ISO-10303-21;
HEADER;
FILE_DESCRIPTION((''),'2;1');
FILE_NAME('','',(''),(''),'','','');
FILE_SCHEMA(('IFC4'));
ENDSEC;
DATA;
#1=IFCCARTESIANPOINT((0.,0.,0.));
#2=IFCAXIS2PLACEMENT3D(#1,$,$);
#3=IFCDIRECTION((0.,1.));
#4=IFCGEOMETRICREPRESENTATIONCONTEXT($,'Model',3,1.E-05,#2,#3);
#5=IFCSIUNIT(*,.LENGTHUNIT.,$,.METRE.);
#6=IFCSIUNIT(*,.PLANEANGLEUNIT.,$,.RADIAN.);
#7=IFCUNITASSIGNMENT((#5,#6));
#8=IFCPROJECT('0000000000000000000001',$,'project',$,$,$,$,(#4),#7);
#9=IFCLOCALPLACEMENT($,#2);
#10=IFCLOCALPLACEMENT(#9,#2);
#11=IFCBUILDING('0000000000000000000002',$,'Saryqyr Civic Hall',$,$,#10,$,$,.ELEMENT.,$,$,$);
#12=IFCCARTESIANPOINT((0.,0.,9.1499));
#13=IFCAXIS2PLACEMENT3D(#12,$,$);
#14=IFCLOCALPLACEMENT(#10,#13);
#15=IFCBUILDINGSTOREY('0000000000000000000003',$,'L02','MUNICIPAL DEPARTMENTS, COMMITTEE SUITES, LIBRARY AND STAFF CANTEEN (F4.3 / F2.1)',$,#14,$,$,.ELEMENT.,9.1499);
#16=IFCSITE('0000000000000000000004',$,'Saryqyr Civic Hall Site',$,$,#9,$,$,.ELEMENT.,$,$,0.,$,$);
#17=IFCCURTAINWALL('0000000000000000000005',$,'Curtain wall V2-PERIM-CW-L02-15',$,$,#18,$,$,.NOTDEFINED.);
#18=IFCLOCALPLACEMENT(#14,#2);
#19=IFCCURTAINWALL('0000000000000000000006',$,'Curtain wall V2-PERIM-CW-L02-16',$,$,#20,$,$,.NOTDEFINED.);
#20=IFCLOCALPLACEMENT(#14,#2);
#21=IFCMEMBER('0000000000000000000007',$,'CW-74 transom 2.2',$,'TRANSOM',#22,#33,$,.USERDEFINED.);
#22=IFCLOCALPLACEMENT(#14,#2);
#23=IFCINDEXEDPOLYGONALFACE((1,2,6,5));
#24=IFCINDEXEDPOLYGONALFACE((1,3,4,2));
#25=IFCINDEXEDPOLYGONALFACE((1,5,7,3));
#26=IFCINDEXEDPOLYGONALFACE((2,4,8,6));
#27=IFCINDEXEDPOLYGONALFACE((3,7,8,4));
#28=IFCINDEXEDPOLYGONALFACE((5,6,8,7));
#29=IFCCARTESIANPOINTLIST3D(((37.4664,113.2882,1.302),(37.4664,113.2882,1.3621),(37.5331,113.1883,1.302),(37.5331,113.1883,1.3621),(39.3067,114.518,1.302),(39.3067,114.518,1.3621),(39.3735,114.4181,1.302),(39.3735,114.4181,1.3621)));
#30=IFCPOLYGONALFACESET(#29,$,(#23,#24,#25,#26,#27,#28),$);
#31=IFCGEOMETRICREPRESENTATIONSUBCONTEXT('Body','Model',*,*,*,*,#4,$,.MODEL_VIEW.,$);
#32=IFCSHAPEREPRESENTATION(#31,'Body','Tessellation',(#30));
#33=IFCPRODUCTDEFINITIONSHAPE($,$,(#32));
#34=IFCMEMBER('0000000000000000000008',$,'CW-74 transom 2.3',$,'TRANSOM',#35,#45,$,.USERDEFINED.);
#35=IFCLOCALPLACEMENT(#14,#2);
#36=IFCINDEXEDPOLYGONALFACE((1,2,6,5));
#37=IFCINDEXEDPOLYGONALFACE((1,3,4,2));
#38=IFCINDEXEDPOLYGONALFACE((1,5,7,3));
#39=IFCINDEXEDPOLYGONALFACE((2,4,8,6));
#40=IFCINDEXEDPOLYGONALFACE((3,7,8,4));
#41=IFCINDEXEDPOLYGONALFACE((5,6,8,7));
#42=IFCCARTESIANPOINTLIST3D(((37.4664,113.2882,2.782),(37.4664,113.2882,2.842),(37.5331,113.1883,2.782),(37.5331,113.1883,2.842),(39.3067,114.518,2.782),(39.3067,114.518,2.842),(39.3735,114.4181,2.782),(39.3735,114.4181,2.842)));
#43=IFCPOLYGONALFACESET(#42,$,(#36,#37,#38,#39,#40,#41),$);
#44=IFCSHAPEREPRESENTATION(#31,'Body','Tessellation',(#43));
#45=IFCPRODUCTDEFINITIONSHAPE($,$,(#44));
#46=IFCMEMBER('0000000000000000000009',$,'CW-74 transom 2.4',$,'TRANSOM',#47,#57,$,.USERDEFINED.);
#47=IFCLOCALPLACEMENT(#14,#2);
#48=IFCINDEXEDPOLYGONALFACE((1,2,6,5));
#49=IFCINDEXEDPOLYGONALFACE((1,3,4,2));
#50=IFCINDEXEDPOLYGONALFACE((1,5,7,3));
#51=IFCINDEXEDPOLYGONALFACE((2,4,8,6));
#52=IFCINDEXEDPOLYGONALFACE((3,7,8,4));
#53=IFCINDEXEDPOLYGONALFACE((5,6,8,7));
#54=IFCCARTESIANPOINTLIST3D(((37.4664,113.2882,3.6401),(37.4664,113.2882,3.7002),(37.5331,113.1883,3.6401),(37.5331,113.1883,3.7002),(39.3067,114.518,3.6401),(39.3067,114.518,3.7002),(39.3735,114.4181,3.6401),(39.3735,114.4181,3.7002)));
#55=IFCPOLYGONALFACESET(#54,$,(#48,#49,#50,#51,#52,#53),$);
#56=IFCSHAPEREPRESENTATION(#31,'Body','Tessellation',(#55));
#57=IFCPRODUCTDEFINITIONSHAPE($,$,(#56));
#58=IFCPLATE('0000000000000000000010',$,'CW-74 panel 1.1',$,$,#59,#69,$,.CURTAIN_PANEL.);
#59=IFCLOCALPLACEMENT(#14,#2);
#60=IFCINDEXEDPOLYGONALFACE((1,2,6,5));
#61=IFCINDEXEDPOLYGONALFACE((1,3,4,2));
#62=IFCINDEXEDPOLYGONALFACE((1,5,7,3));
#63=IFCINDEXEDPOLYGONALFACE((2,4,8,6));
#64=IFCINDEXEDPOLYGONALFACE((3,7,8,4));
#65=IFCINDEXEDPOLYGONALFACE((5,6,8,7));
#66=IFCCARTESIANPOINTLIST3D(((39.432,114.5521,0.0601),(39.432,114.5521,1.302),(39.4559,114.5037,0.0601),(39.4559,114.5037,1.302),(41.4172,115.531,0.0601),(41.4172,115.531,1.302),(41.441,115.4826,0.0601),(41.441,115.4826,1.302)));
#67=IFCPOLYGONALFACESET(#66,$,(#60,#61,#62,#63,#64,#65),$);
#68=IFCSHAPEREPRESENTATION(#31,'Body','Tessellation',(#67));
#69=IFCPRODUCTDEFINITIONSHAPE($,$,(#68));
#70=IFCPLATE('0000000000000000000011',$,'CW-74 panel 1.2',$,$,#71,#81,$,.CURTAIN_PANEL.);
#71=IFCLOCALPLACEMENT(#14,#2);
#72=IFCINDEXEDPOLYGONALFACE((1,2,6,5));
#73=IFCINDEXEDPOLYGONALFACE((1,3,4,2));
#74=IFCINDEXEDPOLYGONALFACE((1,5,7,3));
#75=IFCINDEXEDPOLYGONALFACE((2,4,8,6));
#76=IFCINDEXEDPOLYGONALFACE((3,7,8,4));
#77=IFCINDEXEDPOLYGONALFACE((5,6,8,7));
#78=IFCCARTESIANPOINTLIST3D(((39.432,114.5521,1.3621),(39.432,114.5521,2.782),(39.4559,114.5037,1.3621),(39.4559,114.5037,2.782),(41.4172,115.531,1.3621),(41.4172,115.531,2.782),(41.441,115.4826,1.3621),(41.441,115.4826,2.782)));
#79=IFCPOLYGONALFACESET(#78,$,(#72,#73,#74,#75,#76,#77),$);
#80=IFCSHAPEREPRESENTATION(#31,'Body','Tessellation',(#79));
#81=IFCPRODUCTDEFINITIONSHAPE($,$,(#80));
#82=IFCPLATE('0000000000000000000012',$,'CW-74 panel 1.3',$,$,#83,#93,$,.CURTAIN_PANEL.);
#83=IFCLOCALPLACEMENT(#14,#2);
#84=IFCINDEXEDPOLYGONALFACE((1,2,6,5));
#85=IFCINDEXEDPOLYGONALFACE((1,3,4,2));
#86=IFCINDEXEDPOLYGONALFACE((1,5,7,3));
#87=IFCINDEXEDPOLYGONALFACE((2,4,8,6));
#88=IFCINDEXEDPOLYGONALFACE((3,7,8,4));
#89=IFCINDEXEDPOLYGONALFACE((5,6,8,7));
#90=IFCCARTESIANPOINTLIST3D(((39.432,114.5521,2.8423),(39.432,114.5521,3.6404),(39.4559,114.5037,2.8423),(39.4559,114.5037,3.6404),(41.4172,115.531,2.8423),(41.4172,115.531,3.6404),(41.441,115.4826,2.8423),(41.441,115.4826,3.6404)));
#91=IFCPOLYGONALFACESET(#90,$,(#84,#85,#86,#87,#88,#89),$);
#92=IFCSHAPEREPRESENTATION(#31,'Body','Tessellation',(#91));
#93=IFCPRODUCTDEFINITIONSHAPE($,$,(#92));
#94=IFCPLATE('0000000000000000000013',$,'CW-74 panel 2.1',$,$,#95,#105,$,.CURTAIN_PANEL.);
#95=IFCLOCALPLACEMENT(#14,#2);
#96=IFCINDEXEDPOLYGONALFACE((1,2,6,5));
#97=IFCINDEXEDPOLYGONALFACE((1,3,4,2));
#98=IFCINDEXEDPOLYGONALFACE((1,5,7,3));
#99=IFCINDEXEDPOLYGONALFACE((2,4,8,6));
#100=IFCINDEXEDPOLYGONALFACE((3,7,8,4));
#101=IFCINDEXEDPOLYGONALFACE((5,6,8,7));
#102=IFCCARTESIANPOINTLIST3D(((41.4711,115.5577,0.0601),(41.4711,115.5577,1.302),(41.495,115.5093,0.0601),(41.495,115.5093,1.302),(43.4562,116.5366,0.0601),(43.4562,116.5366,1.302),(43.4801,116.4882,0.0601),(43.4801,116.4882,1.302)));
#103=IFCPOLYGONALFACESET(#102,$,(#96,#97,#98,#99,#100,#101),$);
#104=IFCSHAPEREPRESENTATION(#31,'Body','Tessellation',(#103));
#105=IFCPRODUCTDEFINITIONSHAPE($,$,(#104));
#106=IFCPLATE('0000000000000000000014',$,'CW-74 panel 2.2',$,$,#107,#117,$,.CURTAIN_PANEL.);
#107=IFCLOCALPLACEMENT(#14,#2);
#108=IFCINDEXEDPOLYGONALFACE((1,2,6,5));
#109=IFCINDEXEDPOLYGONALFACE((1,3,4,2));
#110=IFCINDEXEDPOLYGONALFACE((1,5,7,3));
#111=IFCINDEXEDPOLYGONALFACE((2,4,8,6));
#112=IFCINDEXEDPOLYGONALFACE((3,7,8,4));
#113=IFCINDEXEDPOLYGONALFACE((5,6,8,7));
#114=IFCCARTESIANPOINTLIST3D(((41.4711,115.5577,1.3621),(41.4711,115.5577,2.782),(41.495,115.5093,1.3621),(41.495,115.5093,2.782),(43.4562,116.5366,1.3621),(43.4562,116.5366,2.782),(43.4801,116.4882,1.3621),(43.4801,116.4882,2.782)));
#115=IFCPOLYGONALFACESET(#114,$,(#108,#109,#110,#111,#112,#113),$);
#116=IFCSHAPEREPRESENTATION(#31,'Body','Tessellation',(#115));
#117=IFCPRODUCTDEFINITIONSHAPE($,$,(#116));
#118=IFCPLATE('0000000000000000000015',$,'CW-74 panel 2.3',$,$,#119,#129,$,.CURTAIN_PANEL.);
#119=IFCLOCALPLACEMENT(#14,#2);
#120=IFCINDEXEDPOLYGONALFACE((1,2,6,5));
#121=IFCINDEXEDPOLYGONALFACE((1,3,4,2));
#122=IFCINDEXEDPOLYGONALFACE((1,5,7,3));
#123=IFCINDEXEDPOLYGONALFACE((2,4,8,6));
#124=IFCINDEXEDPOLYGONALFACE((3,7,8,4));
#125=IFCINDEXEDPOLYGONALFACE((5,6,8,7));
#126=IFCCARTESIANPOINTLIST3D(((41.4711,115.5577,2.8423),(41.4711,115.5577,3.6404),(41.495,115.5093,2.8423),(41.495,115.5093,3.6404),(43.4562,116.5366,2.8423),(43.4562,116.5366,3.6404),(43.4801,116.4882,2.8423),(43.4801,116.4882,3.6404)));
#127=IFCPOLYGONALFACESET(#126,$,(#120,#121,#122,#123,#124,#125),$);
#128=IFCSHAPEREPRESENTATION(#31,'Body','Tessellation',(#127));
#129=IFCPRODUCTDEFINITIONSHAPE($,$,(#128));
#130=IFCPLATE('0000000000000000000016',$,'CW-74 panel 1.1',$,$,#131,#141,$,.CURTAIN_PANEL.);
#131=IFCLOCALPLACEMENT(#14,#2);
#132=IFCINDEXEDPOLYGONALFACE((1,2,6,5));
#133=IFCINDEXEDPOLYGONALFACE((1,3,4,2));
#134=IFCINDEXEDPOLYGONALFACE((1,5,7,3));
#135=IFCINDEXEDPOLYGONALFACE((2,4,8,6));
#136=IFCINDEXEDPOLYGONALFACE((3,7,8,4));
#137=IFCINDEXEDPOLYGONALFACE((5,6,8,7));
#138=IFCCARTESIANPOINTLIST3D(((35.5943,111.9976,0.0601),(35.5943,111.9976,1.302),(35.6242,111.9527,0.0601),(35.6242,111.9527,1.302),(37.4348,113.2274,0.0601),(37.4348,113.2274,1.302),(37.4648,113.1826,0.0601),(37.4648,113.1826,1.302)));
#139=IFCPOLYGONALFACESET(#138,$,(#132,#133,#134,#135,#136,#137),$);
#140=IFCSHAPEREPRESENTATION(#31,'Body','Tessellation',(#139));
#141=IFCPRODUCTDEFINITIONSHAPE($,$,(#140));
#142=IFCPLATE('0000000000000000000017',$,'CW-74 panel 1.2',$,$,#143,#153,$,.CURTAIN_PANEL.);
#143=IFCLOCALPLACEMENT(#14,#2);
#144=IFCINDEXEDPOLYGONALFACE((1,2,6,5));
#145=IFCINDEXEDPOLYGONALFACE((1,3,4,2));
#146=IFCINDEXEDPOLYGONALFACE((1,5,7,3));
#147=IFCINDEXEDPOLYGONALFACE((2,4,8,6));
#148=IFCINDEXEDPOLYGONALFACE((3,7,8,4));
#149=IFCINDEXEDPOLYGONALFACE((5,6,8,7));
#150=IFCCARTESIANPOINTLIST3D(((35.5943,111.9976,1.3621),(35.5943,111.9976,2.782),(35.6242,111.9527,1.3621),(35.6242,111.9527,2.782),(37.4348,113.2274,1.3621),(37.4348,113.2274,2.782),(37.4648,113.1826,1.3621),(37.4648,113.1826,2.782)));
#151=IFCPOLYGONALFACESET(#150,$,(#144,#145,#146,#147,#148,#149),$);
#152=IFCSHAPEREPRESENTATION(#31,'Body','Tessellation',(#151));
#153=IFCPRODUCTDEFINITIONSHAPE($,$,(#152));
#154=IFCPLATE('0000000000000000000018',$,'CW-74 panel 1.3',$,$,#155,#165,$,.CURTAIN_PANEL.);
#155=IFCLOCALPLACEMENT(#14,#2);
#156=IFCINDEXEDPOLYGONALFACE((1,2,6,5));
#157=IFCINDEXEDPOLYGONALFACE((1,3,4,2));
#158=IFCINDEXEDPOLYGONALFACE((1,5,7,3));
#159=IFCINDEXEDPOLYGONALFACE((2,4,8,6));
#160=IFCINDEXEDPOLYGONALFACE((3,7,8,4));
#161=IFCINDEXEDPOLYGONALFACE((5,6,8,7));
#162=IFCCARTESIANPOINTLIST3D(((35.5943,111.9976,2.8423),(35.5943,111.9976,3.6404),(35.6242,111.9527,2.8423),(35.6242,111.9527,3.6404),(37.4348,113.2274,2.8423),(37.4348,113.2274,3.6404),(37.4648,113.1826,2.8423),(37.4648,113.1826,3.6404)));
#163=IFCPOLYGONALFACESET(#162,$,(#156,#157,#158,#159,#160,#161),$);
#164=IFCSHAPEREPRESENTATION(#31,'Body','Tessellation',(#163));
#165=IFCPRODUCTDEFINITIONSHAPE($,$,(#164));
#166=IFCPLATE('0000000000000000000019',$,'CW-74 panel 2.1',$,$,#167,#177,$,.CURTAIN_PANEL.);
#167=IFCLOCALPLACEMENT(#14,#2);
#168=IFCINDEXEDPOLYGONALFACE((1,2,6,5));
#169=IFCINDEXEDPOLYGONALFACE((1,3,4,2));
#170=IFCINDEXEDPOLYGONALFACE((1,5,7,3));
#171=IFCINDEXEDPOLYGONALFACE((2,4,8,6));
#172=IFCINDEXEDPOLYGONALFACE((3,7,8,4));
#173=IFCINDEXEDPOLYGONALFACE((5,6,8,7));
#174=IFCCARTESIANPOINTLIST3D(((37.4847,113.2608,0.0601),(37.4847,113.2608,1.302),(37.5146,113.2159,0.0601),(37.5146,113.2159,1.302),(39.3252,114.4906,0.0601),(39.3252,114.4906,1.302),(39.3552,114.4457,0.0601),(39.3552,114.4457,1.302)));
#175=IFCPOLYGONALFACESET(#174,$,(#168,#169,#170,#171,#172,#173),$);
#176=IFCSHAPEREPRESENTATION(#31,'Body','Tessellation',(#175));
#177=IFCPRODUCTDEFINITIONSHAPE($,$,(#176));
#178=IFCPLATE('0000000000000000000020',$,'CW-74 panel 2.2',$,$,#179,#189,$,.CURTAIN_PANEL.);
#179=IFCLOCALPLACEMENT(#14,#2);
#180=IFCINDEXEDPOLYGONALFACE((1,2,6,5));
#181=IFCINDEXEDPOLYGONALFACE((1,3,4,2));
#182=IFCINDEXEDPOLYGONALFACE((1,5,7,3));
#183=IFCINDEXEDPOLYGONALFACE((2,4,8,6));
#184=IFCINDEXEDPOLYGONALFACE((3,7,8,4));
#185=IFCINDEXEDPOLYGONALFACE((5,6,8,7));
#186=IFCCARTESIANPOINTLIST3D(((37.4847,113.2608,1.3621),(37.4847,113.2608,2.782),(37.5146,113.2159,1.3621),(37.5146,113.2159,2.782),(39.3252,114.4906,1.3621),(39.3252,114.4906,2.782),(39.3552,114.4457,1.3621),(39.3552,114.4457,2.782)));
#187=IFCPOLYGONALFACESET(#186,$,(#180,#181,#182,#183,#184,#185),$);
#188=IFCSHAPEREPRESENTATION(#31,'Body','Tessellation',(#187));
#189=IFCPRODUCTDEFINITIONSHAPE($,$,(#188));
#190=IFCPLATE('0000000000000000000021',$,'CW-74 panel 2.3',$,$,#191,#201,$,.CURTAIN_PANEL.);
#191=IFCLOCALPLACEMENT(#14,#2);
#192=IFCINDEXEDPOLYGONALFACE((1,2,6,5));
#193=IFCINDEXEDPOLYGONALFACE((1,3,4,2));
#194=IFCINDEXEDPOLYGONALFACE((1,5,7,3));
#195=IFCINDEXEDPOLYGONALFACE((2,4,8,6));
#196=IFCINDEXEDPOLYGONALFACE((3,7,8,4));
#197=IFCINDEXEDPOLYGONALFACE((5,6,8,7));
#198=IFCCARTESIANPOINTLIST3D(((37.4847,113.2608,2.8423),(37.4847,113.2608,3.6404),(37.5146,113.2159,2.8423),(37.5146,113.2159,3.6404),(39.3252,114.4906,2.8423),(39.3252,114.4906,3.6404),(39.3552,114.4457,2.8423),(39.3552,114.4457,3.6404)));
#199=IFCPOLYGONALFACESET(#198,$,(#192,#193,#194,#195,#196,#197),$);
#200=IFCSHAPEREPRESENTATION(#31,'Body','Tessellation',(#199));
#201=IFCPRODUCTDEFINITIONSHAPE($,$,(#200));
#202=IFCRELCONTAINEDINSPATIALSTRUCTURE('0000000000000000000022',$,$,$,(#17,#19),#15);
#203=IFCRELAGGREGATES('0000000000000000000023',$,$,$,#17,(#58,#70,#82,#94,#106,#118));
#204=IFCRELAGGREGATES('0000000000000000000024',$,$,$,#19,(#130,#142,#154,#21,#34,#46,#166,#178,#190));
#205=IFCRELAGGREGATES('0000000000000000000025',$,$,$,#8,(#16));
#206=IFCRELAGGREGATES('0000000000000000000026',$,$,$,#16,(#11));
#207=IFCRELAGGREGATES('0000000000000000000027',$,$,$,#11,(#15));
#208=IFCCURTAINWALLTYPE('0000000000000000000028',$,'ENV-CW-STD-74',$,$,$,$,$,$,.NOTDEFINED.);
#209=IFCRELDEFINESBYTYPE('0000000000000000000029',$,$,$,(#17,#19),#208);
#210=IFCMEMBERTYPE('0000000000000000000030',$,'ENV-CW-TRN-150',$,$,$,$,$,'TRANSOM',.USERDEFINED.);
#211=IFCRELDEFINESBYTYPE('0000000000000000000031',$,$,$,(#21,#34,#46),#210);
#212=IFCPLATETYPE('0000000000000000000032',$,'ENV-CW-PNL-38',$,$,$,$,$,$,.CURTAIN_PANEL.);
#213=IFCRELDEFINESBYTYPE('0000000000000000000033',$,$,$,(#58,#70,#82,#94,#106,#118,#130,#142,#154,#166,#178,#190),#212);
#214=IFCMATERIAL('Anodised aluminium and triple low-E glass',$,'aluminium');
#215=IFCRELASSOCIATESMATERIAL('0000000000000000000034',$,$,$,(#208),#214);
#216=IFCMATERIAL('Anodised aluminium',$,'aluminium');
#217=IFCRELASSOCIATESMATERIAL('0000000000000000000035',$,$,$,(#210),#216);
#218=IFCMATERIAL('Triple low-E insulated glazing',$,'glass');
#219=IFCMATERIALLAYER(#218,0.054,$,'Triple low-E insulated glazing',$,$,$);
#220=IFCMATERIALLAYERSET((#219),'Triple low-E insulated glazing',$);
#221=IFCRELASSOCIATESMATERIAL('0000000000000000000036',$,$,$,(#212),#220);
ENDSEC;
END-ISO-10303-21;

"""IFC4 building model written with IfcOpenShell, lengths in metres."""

from ifc_helpers import new_model, si_unit, direction, frame, origin, origin_2d, place, context, subcontext, project, spatial, rectangle, extrude, material, layer, layer_set, material_profile, profile_set, type_object, element, aggregate, save


model = new_model("IFC4")

# Units and contexts
model_context = context("Model", 3, precision=1e-05, world=origin(), true_north=direction((0.0, 1.0)))
body_context = subcontext(model_context, "Body", "Model", "MODEL_VIEW")
ifc_project = project(units=[si_unit("LENGTHUNIT", "METRE"), si_unit("PLANEANGLEUNIT", "RADIAN")], contexts=[model_context])

# Site, building, storey
site_placement = place(None, origin())
site = spatial("IfcSite", under=ifc_project, at=site_placement, Name="Saryqyr Civic Hall Site", CompositionType="ELEMENT", RefElevation=0.0)
building_placement = place(site_placement, origin())
building = spatial("IfcBuilding", under=site, at=building_placement, Name="Saryqyr Civic Hall", CompositionType="ELEMENT")
storey_placement = place(building_placement, frame((0.0, 0.0, 9.1499)))
storey = spatial("IfcBuildingStorey", under=building, at=storey_placement, Name="L02", Description="MUNICIPAL DEPARTMENTS, COMMITTEE SUITES, LIBRARY AND STAFF CANTEEN (F4.3 / F2.1)", CompositionType="ELEMENT", Elevation=9.1499)

# Curtain walls
ifc_material_1 = material(Name="Anodised aluminium and triple low-E glass", Category="aluminium")
curtain_wall_type = type_object("IfcCurtainWallType", Name="ENV-CW-STD-74", PredefinedType="NOTDEFINED", material=ifc_material_1)
curtain_wall_1_placement = place(storey_placement, origin())
curtain_wall_1 = element("IfcCurtainWall", 1, at=curtain_wall_1_placement, inside=storey, type_object=curtain_wall_type, Name="Curtain wall V2-PERIM-CW-L02-15", PredefinedType="NOTDEFINED")
ifc_material_2 = material(Name="Anodised aluminium", Category="aluminium")
curtain_wall_2_placement = place(storey_placement, origin())
curtain_wall_2 = element("IfcCurtainWall", 2, at=curtain_wall_2_placement, inside=storey, type_object=curtain_wall_type, Name="Curtain wall V2-PERIM-CW-L02-16", PredefinedType="NOTDEFINED")

# Members
ifc_material_profile_1 = material_profile(ifc_material_2, rectangle(XDim=0.1201, YDim=0.0601, at=origin_2d()), Name="ALU TRANSOM 120x60")
ifc_profile_set_1 = profile_set([ifc_material_profile_1], Name="Anodised aluminium")
member_type_1 = type_object("IfcMemberType", Name="ENV-CW-TRN-150", ElementType="TRANSOM", PredefinedType="USERDEFINED", material=ifc_profile_set_1)
member_1_placement = place(storey_placement, frame((37.4998, 113.2383, 1.332), z_axis=(0.831456, 0.555591, 0.0), x_axis=(-0.555591, 0.831456, 0.0)))
member_1 = element("IfcMember", 3, at=member_1_placement, type_object=member_type_1, Name="CW-74 transom 2.2", ObjectType="TRANSOM", PredefinedType="USERDEFINED", context=body_context, shape_type="SweptSolid", body=[
    extrude(rectangle(XDim=0.1201, YDim=0.0601, at=origin_2d()), origin(), (0.0, 0.0, 1.0), 2.2134),
])
member_2_placement = place(storey_placement, frame((37.4998, 113.2383, 2.812), z_axis=(0.831456, 0.555591, 0.0), x_axis=(-0.555591, 0.831456, 0.0)))
member_2 = element("IfcMember", 4, at=member_2_placement, type_object=member_type_1, Name="CW-74 transom 2.3", ObjectType="TRANSOM", PredefinedType="USERDEFINED", context=body_context, shape_type="SweptSolid", body=[
    extrude(rectangle(XDim=0.1201, YDim=0.0601, at=origin_2d()), origin(), (0.0, 0.0, 1.0), 2.2134),
])
member_3_placement = place(storey_placement, frame((37.4998, 113.2383, 3.6702), z_axis=(0.831456, 0.555591, 0.0), x_axis=(-0.555591, 0.831456, 0.0)))
member_3 = element("IfcMember", 5, at=member_3_placement, type_object=member_type_1, Name="CW-74 transom 2.4", ObjectType="TRANSOM", PredefinedType="USERDEFINED", context=body_context, shape_type="SweptSolid", body=[
    extrude(rectangle(XDim=0.1201, YDim=0.0601, at=origin_2d()), origin(), (0.0, 0.0, 1.0), 2.2134),
])

# Plates
ifc_material_3 = material(Name="Triple low-E insulated glazing", Category="glass")
ifc_layer_1 = layer(ifc_material_3, 0.054, Name="Triple low-E insulated glazing")
ifc_layer_set_1 = layer_set([ifc_layer_1], Name="Triple low-E insulated glazing")
plate_type = type_object("IfcPlateType", Name="ENV-CW-PNL-38", PredefinedType="CURTAIN_PANEL", material=ifc_layer_set_1)
plate_1_placement = place(storey_placement, frame((40.4365, 115.0173, 0.0601), z_axis=(0.0, 0.0, 1.0), x_axis=(0.896875, 0.442284, 0.0)))
plate_1 = element("IfcPlate", 6, at=plate_1_placement, type_object=plate_type, Name="CW-74 panel 1.1", PredefinedType="CURTAIN_PANEL", context=body_context, shape_type="SweptSolid", body=[
    extrude(rectangle(XDim=2.2134, YDim=0.054, at=origin_2d()), origin(), (0.0, 0.0, 1.0), 1.2419),
])
plate_2_placement = place(storey_placement, frame((40.4365, 115.0173, 1.3621), z_axis=(0.0, 0.0, 1.0), x_axis=(0.896875, 0.442284, 0.0)))
plate_2 = element("IfcPlate", 7, at=plate_2_placement, type_object=plate_type, Name="CW-74 panel 1.2", PredefinedType="CURTAIN_PANEL", context=body_context, shape_type="SweptSolid", body=[
    extrude(rectangle(XDim=2.2134, YDim=0.054, at=origin_2d()), origin(), (0.0, 0.0, 1.0), 1.4199),
])
plate_3_placement = place(storey_placement, frame((40.4365, 115.0173, 2.8423), z_axis=(0.0, 0.0, 1.0), x_axis=(0.896875, 0.442284, 0.0)))
plate_3 = element("IfcPlate", 8, at=plate_3_placement, type_object=plate_type, Name="CW-74 panel 1.3", PredefinedType="CURTAIN_PANEL", context=body_context, shape_type="SweptSolid", body=[
    extrude(rectangle(XDim=2.2134, YDim=0.054, at=origin_2d()), origin(), (0.0, 0.0, 1.0), 0.7981),
])
plate_4_placement = place(storey_placement, frame((42.4756, 116.0229, 0.0601), z_axis=(0.0, 0.0, 1.0), x_axis=(0.896875, 0.442284, 0.0)))
plate_4 = element("IfcPlate", 9, at=plate_4_placement, type_object=plate_type, Name="CW-74 panel 2.1", PredefinedType="CURTAIN_PANEL", context=body_context, shape_type="SweptSolid", body=[
    extrude(rectangle(XDim=2.2134, YDim=0.054, at=origin_2d()), origin(), (0.0, 0.0, 1.0), 1.2419),
])
plate_5_placement = place(storey_placement, frame((42.4756, 116.0229, 1.3621), z_axis=(0.0, 0.0, 1.0), x_axis=(0.896875, 0.442284, 0.0)))
plate_5 = element("IfcPlate", 10, at=plate_5_placement, type_object=plate_type, Name="CW-74 panel 2.2", PredefinedType="CURTAIN_PANEL", context=body_context, shape_type="SweptSolid", body=[
    extrude(rectangle(XDim=2.2134, YDim=0.054, at=origin_2d()), origin(), (0.0, 0.0, 1.0), 1.4199),
])
plate_6_placement = place(storey_placement, frame((42.4756, 116.0229, 2.8423), z_axis=(0.0, 0.0, 1.0), x_axis=(0.896875, 0.442284, 0.0)))
plate_6 = element("IfcPlate", 11, at=plate_6_placement, type_object=plate_type, Name="CW-74 panel 2.3", PredefinedType="CURTAIN_PANEL", context=body_context, shape_type="SweptSolid", body=[
    extrude(rectangle(XDim=2.2134, YDim=0.054, at=origin_2d()), origin(), (0.0, 0.0, 1.0), 0.7981),
])
aggregate(curtain_wall_1, [plate_1, plate_2, plate_3, plate_4, plate_5, plate_6])
plate_7_placement = place(storey_placement, frame((36.5295, 112.5901, 0.0601), z_axis=(0.0, 0.0, 1.0), x_axis=(0.831472, 0.555566, 0.0)))
plate_7 = element("IfcPlate", 12, at=plate_7_placement, type_object=plate_type, Name="CW-74 panel 1.1", PredefinedType="CURTAIN_PANEL", context=body_context, shape_type="SweptSolid", body=[
    extrude(rectangle(XDim=2.2136, YDim=0.054, at=origin_2d()), origin(), (0.0, 0.0, 1.0), 1.2419),
])
plate_8_placement = place(storey_placement, frame((36.5295, 112.5901, 1.3621), z_axis=(0.0, 0.0, 1.0), x_axis=(0.831472, 0.555566, 0.0)))
plate_8 = element("IfcPlate", 13, at=plate_8_placement, type_object=plate_type, Name="CW-74 panel 1.2", PredefinedType="CURTAIN_PANEL", context=body_context, shape_type="SweptSolid", body=[
    extrude(rectangle(XDim=2.2136, YDim=0.054, at=origin_2d()), origin(), (0.0, 0.0, 1.0), 1.4199),
])
plate_9_placement = place(storey_placement, frame((36.5295, 112.5901, 2.8423), z_axis=(0.0, 0.0, 1.0), x_axis=(0.831472, 0.555566, 0.0)))
plate_9 = element("IfcPlate", 14, at=plate_9_placement, type_object=plate_type, Name="CW-74 panel 1.3", PredefinedType="CURTAIN_PANEL", context=body_context, shape_type="SweptSolid", body=[
    extrude(rectangle(XDim=2.2136, YDim=0.054, at=origin_2d()), origin(), (0.0, 0.0, 1.0), 0.7981),
])
plate_10_placement = place(storey_placement, frame((38.4199, 113.8533, 0.0601), z_axis=(0.0, 0.0, 1.0), x_axis=(0.831472, 0.555566, 0.0)))
plate_10 = element("IfcPlate", 15, at=plate_10_placement, type_object=plate_type, Name="CW-74 panel 2.1", PredefinedType="CURTAIN_PANEL", context=body_context, shape_type="SweptSolid", body=[
    extrude(rectangle(XDim=2.2136, YDim=0.054, at=origin_2d()), origin(), (0.0, 0.0, 1.0), 1.2419),
])
plate_11_placement = place(storey_placement, frame((38.4199, 113.8533, 1.3621), z_axis=(0.0, 0.0, 1.0), x_axis=(0.831472, 0.555566, 0.0)))
plate_11 = element("IfcPlate", 16, at=plate_11_placement, type_object=plate_type, Name="CW-74 panel 2.2", PredefinedType="CURTAIN_PANEL", context=body_context, shape_type="SweptSolid", body=[
    extrude(rectangle(XDim=2.2136, YDim=0.054, at=origin_2d()), origin(), (0.0, 0.0, 1.0), 1.4199),
])
plate_12_placement = place(storey_placement, frame((38.4199, 113.8533, 2.8423), z_axis=(0.0, 0.0, 1.0), x_axis=(0.831472, 0.555566, 0.0)))
plate_12 = element("IfcPlate", 17, at=plate_12_placement, type_object=plate_type, Name="CW-74 panel 2.3", PredefinedType="CURTAIN_PANEL", context=body_context, shape_type="SweptSolid", body=[
    extrude(rectangle(XDim=2.2136, YDim=0.054, at=origin_2d()), origin(), (0.0, 0.0, 1.0), 0.7981),
])
aggregate(curtain_wall_2, [plate_7, plate_8, plate_9, member_1, member_2, member_3, plate_10, plate_11, plate_12])

save(model, "model.ifc")
